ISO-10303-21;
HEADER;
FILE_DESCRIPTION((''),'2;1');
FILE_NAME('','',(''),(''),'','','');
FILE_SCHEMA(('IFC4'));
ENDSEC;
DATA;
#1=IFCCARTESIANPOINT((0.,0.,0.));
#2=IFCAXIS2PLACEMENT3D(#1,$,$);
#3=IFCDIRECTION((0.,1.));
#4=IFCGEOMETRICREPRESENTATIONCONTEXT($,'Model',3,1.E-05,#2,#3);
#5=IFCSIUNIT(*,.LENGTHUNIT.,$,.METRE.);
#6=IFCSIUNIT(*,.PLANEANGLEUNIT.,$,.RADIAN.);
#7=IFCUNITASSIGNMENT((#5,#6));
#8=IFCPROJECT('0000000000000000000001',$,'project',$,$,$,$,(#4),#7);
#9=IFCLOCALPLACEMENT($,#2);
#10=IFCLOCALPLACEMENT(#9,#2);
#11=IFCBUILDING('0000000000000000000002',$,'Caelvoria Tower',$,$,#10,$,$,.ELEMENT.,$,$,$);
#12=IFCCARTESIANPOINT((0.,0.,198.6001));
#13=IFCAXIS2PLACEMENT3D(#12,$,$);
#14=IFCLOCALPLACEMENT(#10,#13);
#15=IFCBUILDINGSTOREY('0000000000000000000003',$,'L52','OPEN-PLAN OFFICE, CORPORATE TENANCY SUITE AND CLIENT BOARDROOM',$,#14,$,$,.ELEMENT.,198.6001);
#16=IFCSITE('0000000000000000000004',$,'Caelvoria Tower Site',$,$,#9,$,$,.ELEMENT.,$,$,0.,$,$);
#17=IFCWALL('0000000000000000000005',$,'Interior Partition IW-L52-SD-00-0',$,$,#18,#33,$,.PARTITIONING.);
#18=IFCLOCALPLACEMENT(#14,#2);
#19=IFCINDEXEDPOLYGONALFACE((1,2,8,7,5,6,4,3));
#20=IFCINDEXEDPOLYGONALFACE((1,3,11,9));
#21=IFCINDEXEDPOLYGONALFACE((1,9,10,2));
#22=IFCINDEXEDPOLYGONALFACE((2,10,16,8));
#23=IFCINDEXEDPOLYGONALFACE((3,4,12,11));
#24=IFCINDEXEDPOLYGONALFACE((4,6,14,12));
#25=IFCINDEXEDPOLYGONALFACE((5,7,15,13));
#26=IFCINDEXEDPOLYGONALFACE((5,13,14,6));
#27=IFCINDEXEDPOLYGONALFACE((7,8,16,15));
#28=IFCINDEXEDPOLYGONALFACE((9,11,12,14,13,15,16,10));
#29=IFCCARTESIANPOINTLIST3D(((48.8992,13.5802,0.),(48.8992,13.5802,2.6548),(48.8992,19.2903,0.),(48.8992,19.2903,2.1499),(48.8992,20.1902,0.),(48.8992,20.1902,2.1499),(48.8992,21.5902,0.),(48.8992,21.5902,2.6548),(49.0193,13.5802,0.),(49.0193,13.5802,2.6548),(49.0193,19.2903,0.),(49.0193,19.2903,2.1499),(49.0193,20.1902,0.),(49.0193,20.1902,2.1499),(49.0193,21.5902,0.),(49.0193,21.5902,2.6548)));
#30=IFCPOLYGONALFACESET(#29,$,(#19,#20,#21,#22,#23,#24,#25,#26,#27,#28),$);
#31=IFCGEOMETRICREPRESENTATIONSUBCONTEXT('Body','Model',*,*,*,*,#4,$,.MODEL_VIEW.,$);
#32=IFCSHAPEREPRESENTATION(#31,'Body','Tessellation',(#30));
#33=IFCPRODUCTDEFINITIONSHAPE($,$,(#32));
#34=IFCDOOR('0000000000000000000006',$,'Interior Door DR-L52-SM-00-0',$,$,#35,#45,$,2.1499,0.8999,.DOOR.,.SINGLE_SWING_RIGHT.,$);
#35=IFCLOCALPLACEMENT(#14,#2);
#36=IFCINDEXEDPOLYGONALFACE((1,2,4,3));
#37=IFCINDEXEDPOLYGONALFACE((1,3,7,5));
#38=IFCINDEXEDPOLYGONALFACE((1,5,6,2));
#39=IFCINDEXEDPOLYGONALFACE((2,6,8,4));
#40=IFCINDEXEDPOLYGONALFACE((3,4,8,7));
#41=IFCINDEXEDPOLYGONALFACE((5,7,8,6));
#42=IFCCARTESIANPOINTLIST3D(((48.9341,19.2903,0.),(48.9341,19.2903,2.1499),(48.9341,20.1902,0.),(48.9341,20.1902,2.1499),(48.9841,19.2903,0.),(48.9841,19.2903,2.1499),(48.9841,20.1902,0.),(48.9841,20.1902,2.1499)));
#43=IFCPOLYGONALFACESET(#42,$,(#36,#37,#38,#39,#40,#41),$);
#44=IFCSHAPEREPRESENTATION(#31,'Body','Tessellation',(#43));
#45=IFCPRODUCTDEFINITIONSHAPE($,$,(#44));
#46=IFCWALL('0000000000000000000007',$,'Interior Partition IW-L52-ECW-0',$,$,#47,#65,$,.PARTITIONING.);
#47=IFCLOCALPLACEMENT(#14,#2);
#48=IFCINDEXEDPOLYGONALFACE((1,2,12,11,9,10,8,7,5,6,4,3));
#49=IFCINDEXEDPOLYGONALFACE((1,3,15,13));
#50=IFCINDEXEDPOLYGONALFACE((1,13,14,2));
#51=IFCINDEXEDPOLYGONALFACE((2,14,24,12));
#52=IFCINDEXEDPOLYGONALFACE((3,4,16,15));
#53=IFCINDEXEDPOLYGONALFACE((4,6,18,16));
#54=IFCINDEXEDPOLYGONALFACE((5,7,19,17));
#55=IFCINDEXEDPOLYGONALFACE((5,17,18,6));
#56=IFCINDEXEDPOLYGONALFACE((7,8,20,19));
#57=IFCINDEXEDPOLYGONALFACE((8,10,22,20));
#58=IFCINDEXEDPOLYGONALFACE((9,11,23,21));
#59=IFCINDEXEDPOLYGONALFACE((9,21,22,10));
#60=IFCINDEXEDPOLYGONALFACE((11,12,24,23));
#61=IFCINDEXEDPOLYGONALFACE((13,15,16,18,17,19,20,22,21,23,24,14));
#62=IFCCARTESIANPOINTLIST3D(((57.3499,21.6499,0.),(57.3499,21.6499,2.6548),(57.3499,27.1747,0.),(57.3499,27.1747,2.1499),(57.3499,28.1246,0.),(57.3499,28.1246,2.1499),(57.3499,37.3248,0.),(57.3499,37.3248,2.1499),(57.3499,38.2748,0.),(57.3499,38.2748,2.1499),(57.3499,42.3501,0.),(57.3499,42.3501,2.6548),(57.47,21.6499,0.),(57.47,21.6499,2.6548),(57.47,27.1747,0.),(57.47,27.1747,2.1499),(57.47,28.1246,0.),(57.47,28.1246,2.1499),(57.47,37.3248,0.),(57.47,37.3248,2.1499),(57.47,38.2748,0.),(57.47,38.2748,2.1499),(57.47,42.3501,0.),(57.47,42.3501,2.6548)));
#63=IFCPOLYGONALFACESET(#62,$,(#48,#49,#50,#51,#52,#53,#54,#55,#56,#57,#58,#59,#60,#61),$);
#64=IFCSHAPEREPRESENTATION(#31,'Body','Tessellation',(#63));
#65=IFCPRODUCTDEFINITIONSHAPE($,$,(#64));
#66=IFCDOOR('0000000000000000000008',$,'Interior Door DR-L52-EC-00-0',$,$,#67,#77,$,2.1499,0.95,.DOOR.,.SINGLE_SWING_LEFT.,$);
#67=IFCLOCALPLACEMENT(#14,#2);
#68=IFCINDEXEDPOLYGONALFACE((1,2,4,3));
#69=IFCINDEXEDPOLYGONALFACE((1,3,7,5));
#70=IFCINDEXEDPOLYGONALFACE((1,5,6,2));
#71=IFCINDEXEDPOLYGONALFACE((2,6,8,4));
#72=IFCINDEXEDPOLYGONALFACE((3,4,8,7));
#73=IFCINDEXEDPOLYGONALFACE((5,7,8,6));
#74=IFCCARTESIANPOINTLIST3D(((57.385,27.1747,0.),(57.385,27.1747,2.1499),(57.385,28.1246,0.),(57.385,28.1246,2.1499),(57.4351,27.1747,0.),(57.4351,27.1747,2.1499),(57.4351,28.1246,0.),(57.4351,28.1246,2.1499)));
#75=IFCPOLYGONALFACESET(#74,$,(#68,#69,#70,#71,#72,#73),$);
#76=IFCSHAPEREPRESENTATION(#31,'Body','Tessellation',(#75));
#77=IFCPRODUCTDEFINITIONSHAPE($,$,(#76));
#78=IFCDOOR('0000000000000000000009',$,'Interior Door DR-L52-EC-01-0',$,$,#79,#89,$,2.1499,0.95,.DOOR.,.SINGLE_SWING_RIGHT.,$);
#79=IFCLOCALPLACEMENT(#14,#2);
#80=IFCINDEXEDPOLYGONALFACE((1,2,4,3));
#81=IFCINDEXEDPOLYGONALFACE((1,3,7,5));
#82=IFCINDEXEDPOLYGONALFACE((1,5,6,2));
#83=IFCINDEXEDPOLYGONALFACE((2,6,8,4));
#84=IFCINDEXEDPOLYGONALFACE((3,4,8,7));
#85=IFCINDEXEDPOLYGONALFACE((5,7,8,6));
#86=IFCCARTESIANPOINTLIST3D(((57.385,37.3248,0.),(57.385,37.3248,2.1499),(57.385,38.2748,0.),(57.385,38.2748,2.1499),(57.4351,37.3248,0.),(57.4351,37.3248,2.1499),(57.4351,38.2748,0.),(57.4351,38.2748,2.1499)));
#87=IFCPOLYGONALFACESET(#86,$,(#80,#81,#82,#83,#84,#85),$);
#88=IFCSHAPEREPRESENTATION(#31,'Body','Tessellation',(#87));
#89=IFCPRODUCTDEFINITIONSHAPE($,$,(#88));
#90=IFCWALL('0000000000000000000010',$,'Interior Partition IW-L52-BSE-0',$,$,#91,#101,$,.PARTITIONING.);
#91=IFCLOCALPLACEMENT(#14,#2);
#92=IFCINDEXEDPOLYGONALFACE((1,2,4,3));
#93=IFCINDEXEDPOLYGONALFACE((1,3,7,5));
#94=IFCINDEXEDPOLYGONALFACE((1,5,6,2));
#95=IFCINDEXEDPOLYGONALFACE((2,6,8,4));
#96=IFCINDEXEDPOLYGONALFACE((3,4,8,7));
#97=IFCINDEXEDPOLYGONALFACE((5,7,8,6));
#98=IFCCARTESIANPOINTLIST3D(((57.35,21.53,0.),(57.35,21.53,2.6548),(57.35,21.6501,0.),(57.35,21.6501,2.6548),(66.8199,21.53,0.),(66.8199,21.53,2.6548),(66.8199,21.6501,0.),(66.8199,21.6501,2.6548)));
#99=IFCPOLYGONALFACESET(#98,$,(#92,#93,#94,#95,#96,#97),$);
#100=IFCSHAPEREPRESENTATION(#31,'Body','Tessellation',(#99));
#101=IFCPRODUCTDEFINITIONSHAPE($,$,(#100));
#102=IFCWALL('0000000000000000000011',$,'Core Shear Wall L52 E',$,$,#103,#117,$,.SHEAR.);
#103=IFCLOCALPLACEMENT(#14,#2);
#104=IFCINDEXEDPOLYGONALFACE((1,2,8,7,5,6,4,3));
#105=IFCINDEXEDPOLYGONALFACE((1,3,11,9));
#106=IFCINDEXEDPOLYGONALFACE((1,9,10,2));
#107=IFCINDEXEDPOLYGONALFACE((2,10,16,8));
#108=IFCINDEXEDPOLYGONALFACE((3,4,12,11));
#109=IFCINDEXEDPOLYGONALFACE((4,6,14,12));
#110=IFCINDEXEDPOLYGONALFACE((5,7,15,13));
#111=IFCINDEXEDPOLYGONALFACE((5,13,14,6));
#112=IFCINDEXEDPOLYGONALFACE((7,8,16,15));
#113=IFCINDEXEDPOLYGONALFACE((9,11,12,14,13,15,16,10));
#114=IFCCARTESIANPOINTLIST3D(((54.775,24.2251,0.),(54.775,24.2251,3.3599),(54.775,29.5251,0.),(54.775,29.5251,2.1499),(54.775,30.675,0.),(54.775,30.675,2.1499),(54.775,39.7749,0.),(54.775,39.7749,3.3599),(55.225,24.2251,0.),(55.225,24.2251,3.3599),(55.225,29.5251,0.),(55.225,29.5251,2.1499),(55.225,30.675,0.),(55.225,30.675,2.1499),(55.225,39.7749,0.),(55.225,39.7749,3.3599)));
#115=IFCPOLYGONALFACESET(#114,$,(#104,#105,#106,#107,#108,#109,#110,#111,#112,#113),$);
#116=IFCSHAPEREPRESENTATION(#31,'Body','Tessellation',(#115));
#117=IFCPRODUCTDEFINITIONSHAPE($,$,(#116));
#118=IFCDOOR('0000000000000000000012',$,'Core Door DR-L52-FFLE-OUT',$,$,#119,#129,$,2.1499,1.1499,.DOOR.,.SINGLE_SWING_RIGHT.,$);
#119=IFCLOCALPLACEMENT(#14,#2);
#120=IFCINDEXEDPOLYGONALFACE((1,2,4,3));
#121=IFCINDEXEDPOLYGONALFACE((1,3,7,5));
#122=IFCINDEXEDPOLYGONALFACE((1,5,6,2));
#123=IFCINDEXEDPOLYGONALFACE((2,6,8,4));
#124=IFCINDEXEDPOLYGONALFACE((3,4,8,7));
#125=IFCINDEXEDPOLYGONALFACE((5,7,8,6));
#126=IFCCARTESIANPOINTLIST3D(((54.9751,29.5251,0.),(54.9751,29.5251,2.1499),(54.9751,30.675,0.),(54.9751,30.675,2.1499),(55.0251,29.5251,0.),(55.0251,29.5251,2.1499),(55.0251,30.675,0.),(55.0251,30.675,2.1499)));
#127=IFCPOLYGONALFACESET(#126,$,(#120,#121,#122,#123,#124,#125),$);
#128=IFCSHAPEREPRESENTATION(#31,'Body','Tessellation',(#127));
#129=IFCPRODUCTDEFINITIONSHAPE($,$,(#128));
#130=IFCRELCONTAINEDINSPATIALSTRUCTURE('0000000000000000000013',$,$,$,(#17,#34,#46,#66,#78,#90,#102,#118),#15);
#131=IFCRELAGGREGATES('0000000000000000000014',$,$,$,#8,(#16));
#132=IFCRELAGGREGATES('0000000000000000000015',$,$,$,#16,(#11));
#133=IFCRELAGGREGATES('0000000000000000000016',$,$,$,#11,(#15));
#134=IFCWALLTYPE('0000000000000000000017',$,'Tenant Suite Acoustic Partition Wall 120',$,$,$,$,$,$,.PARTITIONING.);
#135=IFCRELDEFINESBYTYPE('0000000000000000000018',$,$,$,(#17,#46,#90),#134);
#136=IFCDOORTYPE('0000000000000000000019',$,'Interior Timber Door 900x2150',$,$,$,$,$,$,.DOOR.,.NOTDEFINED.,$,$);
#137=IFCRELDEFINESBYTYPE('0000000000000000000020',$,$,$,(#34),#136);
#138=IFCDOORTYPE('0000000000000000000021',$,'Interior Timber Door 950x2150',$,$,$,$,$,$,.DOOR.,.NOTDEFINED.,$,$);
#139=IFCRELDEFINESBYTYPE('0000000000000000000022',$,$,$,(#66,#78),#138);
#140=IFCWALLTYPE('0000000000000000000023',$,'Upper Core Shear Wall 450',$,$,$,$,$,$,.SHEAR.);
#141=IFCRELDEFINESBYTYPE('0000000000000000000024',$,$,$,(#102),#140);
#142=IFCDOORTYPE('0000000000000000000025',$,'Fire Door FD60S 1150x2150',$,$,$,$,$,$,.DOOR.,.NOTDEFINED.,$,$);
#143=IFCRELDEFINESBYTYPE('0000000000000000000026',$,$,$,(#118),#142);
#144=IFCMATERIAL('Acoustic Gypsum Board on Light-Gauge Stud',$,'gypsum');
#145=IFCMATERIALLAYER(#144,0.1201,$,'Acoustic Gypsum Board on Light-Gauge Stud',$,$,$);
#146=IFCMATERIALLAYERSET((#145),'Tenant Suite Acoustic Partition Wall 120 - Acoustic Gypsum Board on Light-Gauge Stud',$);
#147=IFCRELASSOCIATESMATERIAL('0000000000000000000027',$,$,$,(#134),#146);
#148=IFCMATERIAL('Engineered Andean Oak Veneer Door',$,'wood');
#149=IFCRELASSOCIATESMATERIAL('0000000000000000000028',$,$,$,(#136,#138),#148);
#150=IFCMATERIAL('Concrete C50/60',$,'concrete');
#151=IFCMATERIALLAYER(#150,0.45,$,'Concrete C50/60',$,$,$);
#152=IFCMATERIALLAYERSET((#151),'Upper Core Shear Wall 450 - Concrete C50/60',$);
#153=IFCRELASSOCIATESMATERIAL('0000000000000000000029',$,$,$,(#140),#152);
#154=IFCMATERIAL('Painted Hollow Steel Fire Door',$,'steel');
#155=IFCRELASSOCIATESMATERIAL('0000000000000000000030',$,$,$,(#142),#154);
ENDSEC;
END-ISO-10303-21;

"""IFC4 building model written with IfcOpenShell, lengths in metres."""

from ifc_helpers import new_model, si_unit, direction, frame, frame_2d, origin, place, context, subcontext, project, spatial, rectangle, extrude, material, layer, layer_set, type_object, element, fill, save


model = new_model("IFC4")

# Units and contexts
model_context = context("Model", 3, precision=1e-05, world=origin(), true_north=direction((0.0, 1.0)))
body_context = subcontext(model_context, "Body", "Model", "MODEL_VIEW")
ifc_project = project(units=[si_unit("LENGTHUNIT", "METRE"), si_unit("PLANEANGLEUNIT", "RADIAN")], contexts=[model_context])

# Site, building, storey
site_placement = place(None, origin())
site = spatial("IfcSite", under=ifc_project, at=site_placement, Name="Caelvoria Tower Site", CompositionType="ELEMENT", RefElevation=0.0)
building_placement = place(site_placement, origin())
building = spatial("IfcBuilding", under=site, at=building_placement, Name="Caelvoria Tower", CompositionType="ELEMENT")
storey_placement = place(building_placement, frame((0.0, 0.0, 198.6001)))
storey = spatial("IfcBuildingStorey", under=building, at=storey_placement, Name="L52", Description="OPEN-PLAN OFFICE, CORPORATE TENANCY SUITE AND CLIENT BOARDROOM", CompositionType="ELEMENT", Elevation=198.6001)

# Shared definitions
ifc_material_1 = material(Name="Concrete C50/60", Category="concrete")

# Wall, opening, door
ifc_material_2 = material(Name="Acoustic Gypsum Board on Light-Gauge Stud", Category="gypsum")
ifc_layer_1 = layer(ifc_material_2, 0.1201, Name="Acoustic Gypsum Board on Light-Gauge Stud")
ifc_layer_set_1 = layer_set([ifc_layer_1], Name="Tenant Suite Acoustic Partition Wall 120 - Acoustic Gypsum Board on Light-Gauge Stud")
wall_type_1 = type_object("IfcWallType", Name="Tenant Suite Acoustic Partition Wall 120", PredefinedType="PARTITIONING", material=ifc_layer_set_1)
wall_1_placement = place(storey_placement, frame((48.9592, 21.5901, 0.0), z_axis=(0.0, 0.0, 1.0), x_axis=(0.0, -1.0, 0.0)))
wall_1 = element("IfcWall", 1, at=wall_1_placement, inside=storey, type_object=wall_type_1, Name="Interior Partition IW-L52-SD-00-0", PredefinedType="PARTITIONING", context=body_context, shape_type="SweptSolid", body=[
    extrude(rectangle(XDim=8.01, YDim=0.1201, at=frame_2d((4.0049, 0.0))), origin(), (0.0, 0.0, 1.0), 2.6548),
])
opening_1_placement = place(wall_1_placement, frame((1.3999, 0.0, 0.0)))
opening_1 = element("IfcOpeningElement", 2, at=opening_1_placement, cuts=wall_1, PredefinedType="OPENING", context=body_context, shape_type="SweptSolid", body=[
    extrude(rectangle(XDim=0.8999, YDim=2.1499, at=frame_2d((0.45, 1.075))), frame((0.0, 0.0701, 0.0), z_axis=(0.0, -1.0, 0.0), x_axis=(1.0, 0.0, 0.0)), (0.0, 0.0, 1.0), 0.1401),
])
ifc_material_3 = material(Name="Engineered Andean Oak Veneer Door", Category="wood")
door_type_1 = type_object("IfcDoorType", Name="Interior Timber Door 900x2150", OperationType="NOTDEFINED", PredefinedType="DOOR", material=ifc_material_3)
door_1_placement = place(opening_1_placement, origin())
door_1 = element("IfcDoor", 3, at=door_1_placement, inside=storey, type_object=door_type_1, Name="Interior Door DR-L52-SM-00-0", OperationType="SINGLE_SWING_RIGHT", OverallHeight=2.1499, OverallWidth=0.8999, PredefinedType="DOOR", context=body_context, shape_type="SweptSolid", body=[
    extrude(rectangle(XDim=0.8999, YDim=2.1499, at=frame_2d((0.45, 1.075))), frame((0.0, 0.0249, 0.0), z_axis=(0.0, -1.0, 0.0), x_axis=(1.0, 0.0, 0.0)), (0.0, 0.0, 1.0), 0.05),
])
fill(opening_1, door_1)

# Wall, openings, doors
wall_2_placement = place(storey_placement, frame((57.4099, 21.6499, 0.0), z_axis=(0.0, 0.0, 1.0), x_axis=(0.0, 1.0, 0.0)))
wall_2 = element("IfcWall", 4, at=wall_2_placement, inside=storey, type_object=wall_type_1, Name="Interior Partition IW-L52-ECW-0", PredefinedType="PARTITIONING", context=body_context, shape_type="SweptSolid", body=[
    extrude(rectangle(XDim=20.7002, YDim=0.1201, at=frame_2d((10.3501, 0.0))), origin(), (0.0, 0.0, 1.0), 2.6548),
])
opening_2_placement = place(wall_2_placement, frame((5.5247, 0.0, 0.0)))
opening_2 = element("IfcOpeningElement", 5, at=opening_2_placement, cuts=wall_2, PredefinedType="OPENING", context=body_context, shape_type="SweptSolid", body=[
    extrude(rectangle(XDim=0.95, YDim=2.1499, at=frame_2d((0.4751, 1.075))), frame((0.0, 0.0701, 0.0), z_axis=(0.0, -1.0, 0.0), x_axis=(1.0, 0.0, 0.0)), (0.0, 0.0, 1.0), 0.1401),
])
opening_3_placement = place(wall_2_placement, frame((15.6748, 0.0, 0.0)))
opening_3 = element("IfcOpeningElement", 6, at=opening_3_placement, cuts=wall_2, PredefinedType="OPENING", context=body_context, shape_type="SweptSolid", body=[
    extrude(rectangle(XDim=0.95, YDim=2.1499, at=frame_2d((0.4751, 1.075))), frame((0.0, 0.0701, 0.0), z_axis=(0.0, -1.0, 0.0), x_axis=(1.0, 0.0, 0.0)), (0.0, 0.0, 1.0), 0.1401),
])
door_type_2 = type_object("IfcDoorType", Name="Interior Timber Door 950x2150", OperationType="NOTDEFINED", PredefinedType="DOOR", material=ifc_material_3)
door_2_placement = place(opening_2_placement, origin())
door_2 = element("IfcDoor", 7, at=door_2_placement, inside=storey, type_object=door_type_2, Name="Interior Door DR-L52-EC-00-0", OperationType="SINGLE_SWING_LEFT", OverallHeight=2.1499, OverallWidth=0.95, PredefinedType="DOOR", context=body_context, shape_type="SweptSolid", body=[
    extrude(rectangle(XDim=0.95, YDim=2.1499, at=frame_2d((0.4751, 1.075))), frame((0.0, 0.0249, 0.0), z_axis=(0.0, -1.0, 0.0), x_axis=(1.0, 0.0, 0.0)), (0.0, 0.0, 1.0), 0.05),
])
fill(opening_2, door_2)
door_3_placement = place(opening_3_placement, origin())
door_3 = element("IfcDoor", 8, at=door_3_placement, inside=storey, type_object=door_type_2, Name="Interior Door DR-L52-EC-01-0", OperationType="SINGLE_SWING_RIGHT", OverallHeight=2.1499, OverallWidth=0.95, PredefinedType="DOOR", context=body_context, shape_type="SweptSolid", body=[
    extrude(rectangle(XDim=0.95, YDim=2.1499, at=frame_2d((0.4751, 1.075))), frame((0.0, 0.0249, 0.0), z_axis=(0.0, -1.0, 0.0), x_axis=(1.0, 0.0, 0.0)), (0.0, 0.0, 1.0), 0.05),
])
fill(opening_3, door_3)

# Wall
wall_3_placement = place(storey_placement, frame((57.3501, 21.5901, 0.0), z_axis=(0.0, 0.0, 1.0), x_axis=(1.0, 0.0, 0.0)))
element("IfcWall", 9, at=wall_3_placement, inside=storey, type_object=wall_type_1, Name="Interior Partition IW-L52-BSE-0", PredefinedType="PARTITIONING", context=body_context, shape_type="SweptSolid", body=[
    extrude(rectangle(XDim=9.47, YDim=0.1201, at=frame_2d((4.7349, 0.0))), origin(), (0.0, 0.0, 1.0), 2.6548),
])

# Wall, opening, door
ifc_layer_2 = layer(ifc_material_1, 0.45, Name="Concrete C50/60")
ifc_layer_set_2 = layer_set([ifc_layer_2], Name="Upper Core Shear Wall 450 - Concrete C50/60")
wall_type_2 = type_object("IfcWallType", Name="Upper Core Shear Wall 450", PredefinedType="SHEAR", material=ifc_layer_set_2)
wall_4_placement = place(storey_placement, frame((55.0, 24.2251, 0.0), z_axis=(0.0, 0.0, 1.0), x_axis=(0.0, 1.0, 0.0)))
wall_4 = element("IfcWall", 10, at=wall_4_placement, inside=storey, type_object=wall_type_2, Name="Core Shear Wall L52 E", PredefinedType="SHEAR", context=body_context, shape_type="SweptSolid", body=[
    extrude(rectangle(XDim=15.5498, YDim=0.45, at=frame_2d((7.7749, 0.0))), origin(), (0.0, 0.0, 1.0), 3.3599),
])
opening_4_placement = place(wall_4_placement, frame((5.3, 0.0, 0.0)))
opening_4 = element("IfcOpeningElement", 11, at=opening_4_placement, cuts=wall_4, PredefinedType="OPENING", context=body_context, shape_type="SweptSolid", body=[
    extrude(rectangle(XDim=1.1499, YDim=2.1499, at=frame_2d((0.575, 1.075))), frame((0.0, 0.2349, 0.0), z_axis=(0.0, -1.0, 0.0), x_axis=(1.0, 0.0, 0.0)), (0.0, 0.0, 1.0), 0.47),
])
ifc_material_4 = material(Name="Painted Hollow Steel Fire Door", Category="steel")
door_type_3 = type_object("IfcDoorType", Name="Fire Door FD60S 1150x2150", OperationType="NOTDEFINED", PredefinedType="DOOR", material=ifc_material_4)
door_4_placement = place(opening_4_placement, origin())
door_4 = element("IfcDoor", 12, at=door_4_placement, inside=storey, type_object=door_type_3, Name="Core Door DR-L52-FFLE-OUT", OperationType="SINGLE_SWING_RIGHT", OverallHeight=2.1499, OverallWidth=1.1499, PredefinedType="DOOR", context=body_context, shape_type="SweptSolid", body=[
    extrude(rectangle(XDim=1.1499, YDim=2.1499, at=frame_2d((0.575, 1.075))), frame((0.0, 0.0249, 0.0), z_axis=(0.0, -1.0, 0.0), x_axis=(1.0, 0.0, 0.0)), (0.0, 0.0, 1.0), 0.05),
])
fill(opening_4, door_4)

save(model, "model.ifc")
